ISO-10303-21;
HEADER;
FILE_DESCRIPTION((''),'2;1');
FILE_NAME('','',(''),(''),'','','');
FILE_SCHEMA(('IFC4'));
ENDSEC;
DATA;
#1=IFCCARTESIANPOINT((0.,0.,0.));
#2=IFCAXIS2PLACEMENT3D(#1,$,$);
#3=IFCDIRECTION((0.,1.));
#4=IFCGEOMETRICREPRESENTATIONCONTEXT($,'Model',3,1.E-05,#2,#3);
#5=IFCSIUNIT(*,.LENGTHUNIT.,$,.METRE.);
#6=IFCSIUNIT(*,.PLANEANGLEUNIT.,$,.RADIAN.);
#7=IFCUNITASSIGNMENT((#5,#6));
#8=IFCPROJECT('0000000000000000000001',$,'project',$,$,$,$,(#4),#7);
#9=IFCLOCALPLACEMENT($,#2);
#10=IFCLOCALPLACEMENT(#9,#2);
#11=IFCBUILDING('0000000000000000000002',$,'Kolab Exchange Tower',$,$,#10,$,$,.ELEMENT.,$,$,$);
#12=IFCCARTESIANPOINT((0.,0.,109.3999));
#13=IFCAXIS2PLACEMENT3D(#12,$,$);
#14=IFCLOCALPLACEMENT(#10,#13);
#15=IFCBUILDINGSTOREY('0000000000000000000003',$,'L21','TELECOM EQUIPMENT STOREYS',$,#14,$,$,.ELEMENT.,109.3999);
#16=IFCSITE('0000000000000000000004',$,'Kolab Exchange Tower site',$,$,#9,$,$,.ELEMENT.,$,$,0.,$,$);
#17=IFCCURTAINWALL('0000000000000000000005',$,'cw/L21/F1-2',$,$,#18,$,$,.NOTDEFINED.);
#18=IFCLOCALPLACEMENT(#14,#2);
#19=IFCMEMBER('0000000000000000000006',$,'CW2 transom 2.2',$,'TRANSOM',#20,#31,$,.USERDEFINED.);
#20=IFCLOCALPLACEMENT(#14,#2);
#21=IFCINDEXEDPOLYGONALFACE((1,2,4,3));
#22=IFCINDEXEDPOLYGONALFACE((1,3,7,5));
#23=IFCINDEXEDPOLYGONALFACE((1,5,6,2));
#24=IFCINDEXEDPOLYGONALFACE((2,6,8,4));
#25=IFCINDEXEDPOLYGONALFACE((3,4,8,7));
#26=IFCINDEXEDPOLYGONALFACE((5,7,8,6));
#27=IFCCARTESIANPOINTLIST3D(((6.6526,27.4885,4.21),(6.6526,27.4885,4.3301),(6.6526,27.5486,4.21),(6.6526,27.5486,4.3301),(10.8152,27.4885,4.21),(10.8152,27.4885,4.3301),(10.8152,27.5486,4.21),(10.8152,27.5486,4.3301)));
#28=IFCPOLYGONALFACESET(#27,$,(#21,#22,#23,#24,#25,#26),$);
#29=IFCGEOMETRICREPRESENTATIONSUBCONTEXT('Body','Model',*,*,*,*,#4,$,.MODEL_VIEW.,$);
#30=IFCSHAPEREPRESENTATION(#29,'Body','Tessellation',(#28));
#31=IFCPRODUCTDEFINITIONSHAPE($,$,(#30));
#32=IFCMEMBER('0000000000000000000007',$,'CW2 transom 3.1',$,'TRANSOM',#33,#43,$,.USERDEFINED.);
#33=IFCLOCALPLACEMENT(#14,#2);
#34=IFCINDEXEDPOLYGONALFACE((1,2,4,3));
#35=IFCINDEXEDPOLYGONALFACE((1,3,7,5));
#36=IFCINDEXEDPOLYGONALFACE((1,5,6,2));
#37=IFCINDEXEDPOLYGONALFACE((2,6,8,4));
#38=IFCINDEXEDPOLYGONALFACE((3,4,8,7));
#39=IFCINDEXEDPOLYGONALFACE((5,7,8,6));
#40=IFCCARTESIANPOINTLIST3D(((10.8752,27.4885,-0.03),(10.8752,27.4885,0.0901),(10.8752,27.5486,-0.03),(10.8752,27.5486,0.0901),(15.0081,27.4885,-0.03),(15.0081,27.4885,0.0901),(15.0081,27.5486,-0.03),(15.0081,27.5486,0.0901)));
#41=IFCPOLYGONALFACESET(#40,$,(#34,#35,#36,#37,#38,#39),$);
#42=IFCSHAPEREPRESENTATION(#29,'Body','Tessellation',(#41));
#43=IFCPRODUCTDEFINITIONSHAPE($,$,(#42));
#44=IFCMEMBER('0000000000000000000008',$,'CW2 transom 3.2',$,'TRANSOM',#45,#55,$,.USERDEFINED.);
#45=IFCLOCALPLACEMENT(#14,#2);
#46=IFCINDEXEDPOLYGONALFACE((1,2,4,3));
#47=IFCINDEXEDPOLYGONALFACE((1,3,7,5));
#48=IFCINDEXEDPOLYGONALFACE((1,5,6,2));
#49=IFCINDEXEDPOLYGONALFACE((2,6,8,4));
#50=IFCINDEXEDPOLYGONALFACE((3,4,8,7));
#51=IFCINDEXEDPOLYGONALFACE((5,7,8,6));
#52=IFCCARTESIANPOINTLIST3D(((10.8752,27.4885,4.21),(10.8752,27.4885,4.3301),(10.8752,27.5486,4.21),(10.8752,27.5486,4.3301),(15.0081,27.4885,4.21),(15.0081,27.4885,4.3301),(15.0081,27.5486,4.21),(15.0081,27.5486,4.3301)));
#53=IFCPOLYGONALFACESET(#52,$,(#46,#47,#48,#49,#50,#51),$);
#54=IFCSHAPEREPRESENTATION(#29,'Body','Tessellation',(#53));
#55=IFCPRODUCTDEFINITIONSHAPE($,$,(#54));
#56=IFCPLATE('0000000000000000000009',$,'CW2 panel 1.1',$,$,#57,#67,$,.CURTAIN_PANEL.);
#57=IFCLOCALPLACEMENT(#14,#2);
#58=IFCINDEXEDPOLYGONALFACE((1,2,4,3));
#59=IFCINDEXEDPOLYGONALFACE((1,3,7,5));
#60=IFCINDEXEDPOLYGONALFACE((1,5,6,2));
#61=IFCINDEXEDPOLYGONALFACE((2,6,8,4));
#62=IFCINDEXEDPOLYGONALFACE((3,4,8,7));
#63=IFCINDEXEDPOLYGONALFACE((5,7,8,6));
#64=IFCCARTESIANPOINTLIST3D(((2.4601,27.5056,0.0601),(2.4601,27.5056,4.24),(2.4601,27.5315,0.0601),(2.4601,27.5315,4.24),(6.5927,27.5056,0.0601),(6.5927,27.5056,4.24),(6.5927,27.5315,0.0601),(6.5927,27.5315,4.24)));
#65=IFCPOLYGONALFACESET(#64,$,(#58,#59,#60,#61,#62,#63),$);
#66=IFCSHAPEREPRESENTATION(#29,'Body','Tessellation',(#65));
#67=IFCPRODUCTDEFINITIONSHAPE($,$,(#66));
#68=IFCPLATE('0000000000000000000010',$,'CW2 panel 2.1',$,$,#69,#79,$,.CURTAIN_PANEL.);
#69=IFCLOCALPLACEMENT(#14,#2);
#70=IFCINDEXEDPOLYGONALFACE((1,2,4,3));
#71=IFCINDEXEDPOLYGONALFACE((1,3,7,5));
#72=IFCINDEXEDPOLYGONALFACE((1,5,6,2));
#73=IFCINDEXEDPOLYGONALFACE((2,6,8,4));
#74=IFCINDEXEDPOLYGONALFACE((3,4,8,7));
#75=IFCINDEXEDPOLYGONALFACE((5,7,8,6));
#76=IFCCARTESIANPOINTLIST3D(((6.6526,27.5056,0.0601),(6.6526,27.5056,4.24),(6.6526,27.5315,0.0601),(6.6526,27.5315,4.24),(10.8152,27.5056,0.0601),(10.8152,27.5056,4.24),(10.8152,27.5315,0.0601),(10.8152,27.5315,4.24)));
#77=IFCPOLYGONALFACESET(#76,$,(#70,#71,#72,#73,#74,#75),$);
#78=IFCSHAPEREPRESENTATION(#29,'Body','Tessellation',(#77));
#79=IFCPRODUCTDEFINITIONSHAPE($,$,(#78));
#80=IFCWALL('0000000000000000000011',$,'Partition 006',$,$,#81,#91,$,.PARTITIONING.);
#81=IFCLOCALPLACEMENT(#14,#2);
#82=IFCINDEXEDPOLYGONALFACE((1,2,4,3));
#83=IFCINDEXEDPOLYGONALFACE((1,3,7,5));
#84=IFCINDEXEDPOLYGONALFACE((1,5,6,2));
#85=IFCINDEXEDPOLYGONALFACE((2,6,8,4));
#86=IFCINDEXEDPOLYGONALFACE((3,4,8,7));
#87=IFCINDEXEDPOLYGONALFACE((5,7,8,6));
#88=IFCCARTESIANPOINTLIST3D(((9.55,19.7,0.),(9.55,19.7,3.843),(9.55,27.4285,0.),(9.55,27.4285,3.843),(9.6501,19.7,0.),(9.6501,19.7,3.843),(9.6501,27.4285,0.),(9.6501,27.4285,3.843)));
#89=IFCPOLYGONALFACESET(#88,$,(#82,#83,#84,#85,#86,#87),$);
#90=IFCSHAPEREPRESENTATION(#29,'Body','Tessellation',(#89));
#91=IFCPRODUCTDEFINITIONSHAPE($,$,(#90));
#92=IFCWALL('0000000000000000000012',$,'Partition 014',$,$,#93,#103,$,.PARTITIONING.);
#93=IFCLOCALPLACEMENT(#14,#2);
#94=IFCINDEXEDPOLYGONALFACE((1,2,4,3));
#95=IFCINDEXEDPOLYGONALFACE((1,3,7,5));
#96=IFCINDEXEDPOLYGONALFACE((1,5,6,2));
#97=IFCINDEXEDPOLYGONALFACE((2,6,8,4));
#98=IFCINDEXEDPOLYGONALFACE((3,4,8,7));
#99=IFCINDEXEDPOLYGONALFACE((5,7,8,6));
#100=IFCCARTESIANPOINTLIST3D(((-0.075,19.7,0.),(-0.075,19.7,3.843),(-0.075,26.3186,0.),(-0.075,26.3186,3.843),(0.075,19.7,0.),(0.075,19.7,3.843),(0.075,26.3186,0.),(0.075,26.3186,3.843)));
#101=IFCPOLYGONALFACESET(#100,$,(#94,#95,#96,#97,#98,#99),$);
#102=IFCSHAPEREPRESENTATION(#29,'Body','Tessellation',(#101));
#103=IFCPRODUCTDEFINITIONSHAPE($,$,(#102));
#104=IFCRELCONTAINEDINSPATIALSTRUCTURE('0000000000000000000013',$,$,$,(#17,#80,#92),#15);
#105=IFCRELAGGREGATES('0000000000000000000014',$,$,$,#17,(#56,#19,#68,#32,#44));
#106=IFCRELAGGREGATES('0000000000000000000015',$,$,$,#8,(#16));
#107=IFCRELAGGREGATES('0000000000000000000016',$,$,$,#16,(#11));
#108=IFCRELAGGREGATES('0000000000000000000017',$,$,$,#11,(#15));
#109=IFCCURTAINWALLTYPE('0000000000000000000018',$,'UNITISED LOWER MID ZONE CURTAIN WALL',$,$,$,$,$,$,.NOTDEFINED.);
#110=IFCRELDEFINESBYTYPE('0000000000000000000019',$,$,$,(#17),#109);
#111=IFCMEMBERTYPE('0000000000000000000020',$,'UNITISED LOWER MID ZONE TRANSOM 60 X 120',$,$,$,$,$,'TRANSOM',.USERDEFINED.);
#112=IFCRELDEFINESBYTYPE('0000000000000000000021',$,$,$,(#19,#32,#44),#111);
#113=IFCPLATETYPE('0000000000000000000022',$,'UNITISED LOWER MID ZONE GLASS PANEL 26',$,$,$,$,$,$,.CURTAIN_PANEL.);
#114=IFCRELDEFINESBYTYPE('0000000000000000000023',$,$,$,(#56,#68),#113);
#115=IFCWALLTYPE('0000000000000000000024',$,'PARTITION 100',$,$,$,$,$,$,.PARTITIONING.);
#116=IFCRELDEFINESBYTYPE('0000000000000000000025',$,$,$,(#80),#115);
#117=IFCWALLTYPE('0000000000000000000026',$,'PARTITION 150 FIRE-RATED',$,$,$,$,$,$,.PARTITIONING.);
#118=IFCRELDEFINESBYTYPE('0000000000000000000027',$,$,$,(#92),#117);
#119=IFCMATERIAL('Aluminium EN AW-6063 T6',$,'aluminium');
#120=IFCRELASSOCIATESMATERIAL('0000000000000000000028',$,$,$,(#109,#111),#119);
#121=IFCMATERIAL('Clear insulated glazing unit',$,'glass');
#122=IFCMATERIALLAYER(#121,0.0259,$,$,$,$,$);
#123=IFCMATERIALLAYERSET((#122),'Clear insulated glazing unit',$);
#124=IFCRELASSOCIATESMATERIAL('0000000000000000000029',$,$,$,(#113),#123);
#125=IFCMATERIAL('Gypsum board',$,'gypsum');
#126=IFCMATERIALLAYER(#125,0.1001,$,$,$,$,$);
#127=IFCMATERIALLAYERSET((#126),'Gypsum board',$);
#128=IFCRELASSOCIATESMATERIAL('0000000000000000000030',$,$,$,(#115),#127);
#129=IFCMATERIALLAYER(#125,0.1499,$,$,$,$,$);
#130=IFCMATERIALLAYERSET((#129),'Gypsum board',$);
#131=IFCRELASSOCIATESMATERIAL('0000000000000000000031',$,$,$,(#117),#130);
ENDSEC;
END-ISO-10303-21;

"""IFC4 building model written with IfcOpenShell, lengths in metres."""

from ifc_helpers import new_model, si_unit, direction, frame, frame_2d, origin, origin_2d, place, context, subcontext, project, spatial, rectangle, extrude, material, layer, layer_set, material_profile, profile_set, type_object, element, aggregate, save


model = new_model("IFC4")

# Units and contexts
model_context = context("Model", 3, precision=1e-05, world=origin(), true_north=direction((0.0, 1.0)))
body_context = subcontext(model_context, "Body", "Model", "MODEL_VIEW")
ifc_project = project(units=[si_unit("LENGTHUNIT", "METRE"), si_unit("PLANEANGLEUNIT", "RADIAN")], contexts=[model_context])

# Site, building, storey
site_placement = place(None, origin())
site = spatial("IfcSite", under=ifc_project, at=site_placement, Name="Kolab Exchange Tower site", CompositionType="ELEMENT", RefElevation=0.0)
building_placement = place(site_placement, origin())
building = spatial("IfcBuilding", under=site, at=building_placement, Name="Kolab Exchange Tower", CompositionType="ELEMENT")
storey_placement = place(building_placement, frame((0.0, 0.0, 109.3999)))
storey = spatial("IfcBuildingStorey", under=building, at=storey_placement, Name="L21", Description="TELECOM EQUIPMENT STOREYS", CompositionType="ELEMENT", Elevation=109.3999)

# Curtain wall, members, plates
ifc_material_1 = material(Name="Aluminium EN AW-6063 T6", Category="aluminium")
curtain_wall_type = type_object("IfcCurtainWallType", Name="UNITISED LOWER MID ZONE CURTAIN WALL", PredefinedType="NOTDEFINED", material=ifc_material_1)
curtain_wall_placement = place(storey_placement, origin())
curtain_wall = element("IfcCurtainWall", 1, at=curtain_wall_placement, inside=storey, type_object=curtain_wall_type, Name="cw/L21/F1-2", PredefinedType="NOTDEFINED")
ifc_material_profile_1 = material_profile(ifc_material_1, rectangle(XDim=0.0601, YDim=0.1201, at=origin_2d()), Name="RECT 60X120")
ifc_profile_set_1 = profile_set([ifc_material_profile_1], Name="Aluminium EN AW-6063 T6")
member_type_1 = type_object("IfcMemberType", Name="UNITISED LOWER MID ZONE TRANSOM 60 X 120", ElementType="TRANSOM", PredefinedType="USERDEFINED", material=ifc_profile_set_1)
member_1_placement = place(storey_placement, frame((6.6526, 27.5186, 4.27), z_axis=(1.0, 0.0, 0.0), x_axis=(0.0, 1.0, 0.0)))
member_1 = element("IfcMember", 2, at=member_1_placement, type_object=member_type_1, Name="CW2 transom 2.2", ObjectType="TRANSOM", PredefinedType="USERDEFINED", context=body_context, shape_type="SweptSolid", body=[
    extrude(rectangle(XDim=0.0601, YDim=0.1201, at=origin_2d()), origin(), (0.0, 0.0, 1.0), 4.1626),
])
member_2_placement = place(storey_placement, frame((10.8752, 27.5186, 0.03), z_axis=(1.0, 0.0, 0.0), x_axis=(0.0, 1.0, 0.0)))
member_2 = element("IfcMember", 3, at=member_2_placement, type_object=member_type_1, Name="CW2 transom 3.1", ObjectType="TRANSOM", PredefinedType="USERDEFINED", context=body_context, shape_type="SweptSolid", body=[
    extrude(rectangle(XDim=0.0601, YDim=0.1201, at=origin_2d()), origin(), (0.0, 0.0, 1.0), 4.1328),
])
member_3_placement = place(storey_placement, frame((10.8752, 27.5186, 4.27), z_axis=(1.0, 0.0, 0.0), x_axis=(0.0, 1.0, 0.0)))
member_3 = element("IfcMember", 4, at=member_3_placement, type_object=member_type_1, Name="CW2 transom 3.2", ObjectType="TRANSOM", PredefinedType="USERDEFINED", context=body_context, shape_type="SweptSolid", body=[
    extrude(rectangle(XDim=0.0601, YDim=0.1201, at=origin_2d()), origin(), (0.0, 0.0, 1.0), 4.1328),
])
ifc_material_2 = material(Name="Clear insulated glazing unit", Category="glass")
ifc_layer_1 = layer(ifc_material_2, 0.0259)
ifc_layer_set_1 = layer_set([ifc_layer_1], Name="Clear insulated glazing unit")
plate_type = type_object("IfcPlateType", Name="UNITISED LOWER MID ZONE GLASS PANEL 26", PredefinedType="CURTAIN_PANEL", material=ifc_layer_set_1)
plate_1_placement = place(storey_placement, frame((4.5264, 27.5186, 0.0601), z_axis=(0.0, 0.0, 1.0), x_axis=(1.0, 0.0, 0.0)))
plate_1 = element("IfcPlate", 5, at=plate_1_placement, type_object=plate_type, Name="CW2 panel 1.1", PredefinedType="CURTAIN_PANEL", context=body_context, shape_type="SweptSolid", body=[
    extrude(rectangle(XDim=4.1326, YDim=0.0259, at=origin_2d()), origin(), (0.0, 0.0, 1.0), 4.1799),
])
plate_2_placement = place(storey_placement, frame((8.7339, 27.5186, 0.0601), z_axis=(0.0, 0.0, 1.0), x_axis=(1.0, 0.0, 0.0)))
plate_2 = element("IfcPlate", 6, at=plate_2_placement, type_object=plate_type, Name="CW2 panel 2.1", PredefinedType="CURTAIN_PANEL", context=body_context, shape_type="SweptSolid", body=[
    extrude(rectangle(XDim=4.1626, YDim=0.0259, at=origin_2d()), origin(), (0.0, 0.0, 1.0), 4.1799),
])
aggregate(curtain_wall, [plate_1, member_1, plate_2, member_2, member_3])

# Walls
ifc_material_3 = material(Name="Gypsum board", Category="gypsum")
ifc_layer_2 = layer(ifc_material_3, 0.1001)
ifc_layer_set_2 = layer_set([ifc_layer_2], Name="Gypsum board")
wall_type_1 = type_object("IfcWallType", Name="PARTITION 100", PredefinedType="PARTITIONING", material=ifc_layer_set_2)
wall_1_placement = place(storey_placement, frame((9.6001, 19.7, 0.0), z_axis=(0.0, 0.0, 1.0), x_axis=(0.0, 1.0, 0.0)))
element("IfcWall", 7, at=wall_1_placement, inside=storey, type_object=wall_type_1, Name="Partition 006", PredefinedType="PARTITIONING", context=body_context, shape_type="SweptSolid", body=[
    extrude(rectangle(XDim=7.7285, YDim=0.1001, at=frame_2d((3.8643, 0.0))), origin(), (0.0, 0.0, 1.0), 3.843),
])
ifc_layer_3 = layer(ifc_material_3, 0.1499)
ifc_layer_set_3 = layer_set([ifc_layer_3], Name="Gypsum board")
wall_type_2 = type_object("IfcWallType", Name="PARTITION 150 FIRE-RATED", PredefinedType="PARTITIONING", material=ifc_layer_set_3)
wall_2_placement = place(storey_placement, frame((0.0, 19.7, 0.0), z_axis=(0.0, 0.0, 1.0), x_axis=(0.0, 1.0, 0.0)))
element("IfcWall", 8, at=wall_2_placement, inside=storey, type_object=wall_type_2, Name="Partition 014", PredefinedType="PARTITIONING", context=body_context, shape_type="SweptSolid", body=[
    extrude(rectangle(XDim=6.6187, YDim=0.1499, at=frame_2d((3.3093, 0.0))), origin(), (0.0, 0.0, 1.0), 3.843),
])

save(model, "model.ifc")
